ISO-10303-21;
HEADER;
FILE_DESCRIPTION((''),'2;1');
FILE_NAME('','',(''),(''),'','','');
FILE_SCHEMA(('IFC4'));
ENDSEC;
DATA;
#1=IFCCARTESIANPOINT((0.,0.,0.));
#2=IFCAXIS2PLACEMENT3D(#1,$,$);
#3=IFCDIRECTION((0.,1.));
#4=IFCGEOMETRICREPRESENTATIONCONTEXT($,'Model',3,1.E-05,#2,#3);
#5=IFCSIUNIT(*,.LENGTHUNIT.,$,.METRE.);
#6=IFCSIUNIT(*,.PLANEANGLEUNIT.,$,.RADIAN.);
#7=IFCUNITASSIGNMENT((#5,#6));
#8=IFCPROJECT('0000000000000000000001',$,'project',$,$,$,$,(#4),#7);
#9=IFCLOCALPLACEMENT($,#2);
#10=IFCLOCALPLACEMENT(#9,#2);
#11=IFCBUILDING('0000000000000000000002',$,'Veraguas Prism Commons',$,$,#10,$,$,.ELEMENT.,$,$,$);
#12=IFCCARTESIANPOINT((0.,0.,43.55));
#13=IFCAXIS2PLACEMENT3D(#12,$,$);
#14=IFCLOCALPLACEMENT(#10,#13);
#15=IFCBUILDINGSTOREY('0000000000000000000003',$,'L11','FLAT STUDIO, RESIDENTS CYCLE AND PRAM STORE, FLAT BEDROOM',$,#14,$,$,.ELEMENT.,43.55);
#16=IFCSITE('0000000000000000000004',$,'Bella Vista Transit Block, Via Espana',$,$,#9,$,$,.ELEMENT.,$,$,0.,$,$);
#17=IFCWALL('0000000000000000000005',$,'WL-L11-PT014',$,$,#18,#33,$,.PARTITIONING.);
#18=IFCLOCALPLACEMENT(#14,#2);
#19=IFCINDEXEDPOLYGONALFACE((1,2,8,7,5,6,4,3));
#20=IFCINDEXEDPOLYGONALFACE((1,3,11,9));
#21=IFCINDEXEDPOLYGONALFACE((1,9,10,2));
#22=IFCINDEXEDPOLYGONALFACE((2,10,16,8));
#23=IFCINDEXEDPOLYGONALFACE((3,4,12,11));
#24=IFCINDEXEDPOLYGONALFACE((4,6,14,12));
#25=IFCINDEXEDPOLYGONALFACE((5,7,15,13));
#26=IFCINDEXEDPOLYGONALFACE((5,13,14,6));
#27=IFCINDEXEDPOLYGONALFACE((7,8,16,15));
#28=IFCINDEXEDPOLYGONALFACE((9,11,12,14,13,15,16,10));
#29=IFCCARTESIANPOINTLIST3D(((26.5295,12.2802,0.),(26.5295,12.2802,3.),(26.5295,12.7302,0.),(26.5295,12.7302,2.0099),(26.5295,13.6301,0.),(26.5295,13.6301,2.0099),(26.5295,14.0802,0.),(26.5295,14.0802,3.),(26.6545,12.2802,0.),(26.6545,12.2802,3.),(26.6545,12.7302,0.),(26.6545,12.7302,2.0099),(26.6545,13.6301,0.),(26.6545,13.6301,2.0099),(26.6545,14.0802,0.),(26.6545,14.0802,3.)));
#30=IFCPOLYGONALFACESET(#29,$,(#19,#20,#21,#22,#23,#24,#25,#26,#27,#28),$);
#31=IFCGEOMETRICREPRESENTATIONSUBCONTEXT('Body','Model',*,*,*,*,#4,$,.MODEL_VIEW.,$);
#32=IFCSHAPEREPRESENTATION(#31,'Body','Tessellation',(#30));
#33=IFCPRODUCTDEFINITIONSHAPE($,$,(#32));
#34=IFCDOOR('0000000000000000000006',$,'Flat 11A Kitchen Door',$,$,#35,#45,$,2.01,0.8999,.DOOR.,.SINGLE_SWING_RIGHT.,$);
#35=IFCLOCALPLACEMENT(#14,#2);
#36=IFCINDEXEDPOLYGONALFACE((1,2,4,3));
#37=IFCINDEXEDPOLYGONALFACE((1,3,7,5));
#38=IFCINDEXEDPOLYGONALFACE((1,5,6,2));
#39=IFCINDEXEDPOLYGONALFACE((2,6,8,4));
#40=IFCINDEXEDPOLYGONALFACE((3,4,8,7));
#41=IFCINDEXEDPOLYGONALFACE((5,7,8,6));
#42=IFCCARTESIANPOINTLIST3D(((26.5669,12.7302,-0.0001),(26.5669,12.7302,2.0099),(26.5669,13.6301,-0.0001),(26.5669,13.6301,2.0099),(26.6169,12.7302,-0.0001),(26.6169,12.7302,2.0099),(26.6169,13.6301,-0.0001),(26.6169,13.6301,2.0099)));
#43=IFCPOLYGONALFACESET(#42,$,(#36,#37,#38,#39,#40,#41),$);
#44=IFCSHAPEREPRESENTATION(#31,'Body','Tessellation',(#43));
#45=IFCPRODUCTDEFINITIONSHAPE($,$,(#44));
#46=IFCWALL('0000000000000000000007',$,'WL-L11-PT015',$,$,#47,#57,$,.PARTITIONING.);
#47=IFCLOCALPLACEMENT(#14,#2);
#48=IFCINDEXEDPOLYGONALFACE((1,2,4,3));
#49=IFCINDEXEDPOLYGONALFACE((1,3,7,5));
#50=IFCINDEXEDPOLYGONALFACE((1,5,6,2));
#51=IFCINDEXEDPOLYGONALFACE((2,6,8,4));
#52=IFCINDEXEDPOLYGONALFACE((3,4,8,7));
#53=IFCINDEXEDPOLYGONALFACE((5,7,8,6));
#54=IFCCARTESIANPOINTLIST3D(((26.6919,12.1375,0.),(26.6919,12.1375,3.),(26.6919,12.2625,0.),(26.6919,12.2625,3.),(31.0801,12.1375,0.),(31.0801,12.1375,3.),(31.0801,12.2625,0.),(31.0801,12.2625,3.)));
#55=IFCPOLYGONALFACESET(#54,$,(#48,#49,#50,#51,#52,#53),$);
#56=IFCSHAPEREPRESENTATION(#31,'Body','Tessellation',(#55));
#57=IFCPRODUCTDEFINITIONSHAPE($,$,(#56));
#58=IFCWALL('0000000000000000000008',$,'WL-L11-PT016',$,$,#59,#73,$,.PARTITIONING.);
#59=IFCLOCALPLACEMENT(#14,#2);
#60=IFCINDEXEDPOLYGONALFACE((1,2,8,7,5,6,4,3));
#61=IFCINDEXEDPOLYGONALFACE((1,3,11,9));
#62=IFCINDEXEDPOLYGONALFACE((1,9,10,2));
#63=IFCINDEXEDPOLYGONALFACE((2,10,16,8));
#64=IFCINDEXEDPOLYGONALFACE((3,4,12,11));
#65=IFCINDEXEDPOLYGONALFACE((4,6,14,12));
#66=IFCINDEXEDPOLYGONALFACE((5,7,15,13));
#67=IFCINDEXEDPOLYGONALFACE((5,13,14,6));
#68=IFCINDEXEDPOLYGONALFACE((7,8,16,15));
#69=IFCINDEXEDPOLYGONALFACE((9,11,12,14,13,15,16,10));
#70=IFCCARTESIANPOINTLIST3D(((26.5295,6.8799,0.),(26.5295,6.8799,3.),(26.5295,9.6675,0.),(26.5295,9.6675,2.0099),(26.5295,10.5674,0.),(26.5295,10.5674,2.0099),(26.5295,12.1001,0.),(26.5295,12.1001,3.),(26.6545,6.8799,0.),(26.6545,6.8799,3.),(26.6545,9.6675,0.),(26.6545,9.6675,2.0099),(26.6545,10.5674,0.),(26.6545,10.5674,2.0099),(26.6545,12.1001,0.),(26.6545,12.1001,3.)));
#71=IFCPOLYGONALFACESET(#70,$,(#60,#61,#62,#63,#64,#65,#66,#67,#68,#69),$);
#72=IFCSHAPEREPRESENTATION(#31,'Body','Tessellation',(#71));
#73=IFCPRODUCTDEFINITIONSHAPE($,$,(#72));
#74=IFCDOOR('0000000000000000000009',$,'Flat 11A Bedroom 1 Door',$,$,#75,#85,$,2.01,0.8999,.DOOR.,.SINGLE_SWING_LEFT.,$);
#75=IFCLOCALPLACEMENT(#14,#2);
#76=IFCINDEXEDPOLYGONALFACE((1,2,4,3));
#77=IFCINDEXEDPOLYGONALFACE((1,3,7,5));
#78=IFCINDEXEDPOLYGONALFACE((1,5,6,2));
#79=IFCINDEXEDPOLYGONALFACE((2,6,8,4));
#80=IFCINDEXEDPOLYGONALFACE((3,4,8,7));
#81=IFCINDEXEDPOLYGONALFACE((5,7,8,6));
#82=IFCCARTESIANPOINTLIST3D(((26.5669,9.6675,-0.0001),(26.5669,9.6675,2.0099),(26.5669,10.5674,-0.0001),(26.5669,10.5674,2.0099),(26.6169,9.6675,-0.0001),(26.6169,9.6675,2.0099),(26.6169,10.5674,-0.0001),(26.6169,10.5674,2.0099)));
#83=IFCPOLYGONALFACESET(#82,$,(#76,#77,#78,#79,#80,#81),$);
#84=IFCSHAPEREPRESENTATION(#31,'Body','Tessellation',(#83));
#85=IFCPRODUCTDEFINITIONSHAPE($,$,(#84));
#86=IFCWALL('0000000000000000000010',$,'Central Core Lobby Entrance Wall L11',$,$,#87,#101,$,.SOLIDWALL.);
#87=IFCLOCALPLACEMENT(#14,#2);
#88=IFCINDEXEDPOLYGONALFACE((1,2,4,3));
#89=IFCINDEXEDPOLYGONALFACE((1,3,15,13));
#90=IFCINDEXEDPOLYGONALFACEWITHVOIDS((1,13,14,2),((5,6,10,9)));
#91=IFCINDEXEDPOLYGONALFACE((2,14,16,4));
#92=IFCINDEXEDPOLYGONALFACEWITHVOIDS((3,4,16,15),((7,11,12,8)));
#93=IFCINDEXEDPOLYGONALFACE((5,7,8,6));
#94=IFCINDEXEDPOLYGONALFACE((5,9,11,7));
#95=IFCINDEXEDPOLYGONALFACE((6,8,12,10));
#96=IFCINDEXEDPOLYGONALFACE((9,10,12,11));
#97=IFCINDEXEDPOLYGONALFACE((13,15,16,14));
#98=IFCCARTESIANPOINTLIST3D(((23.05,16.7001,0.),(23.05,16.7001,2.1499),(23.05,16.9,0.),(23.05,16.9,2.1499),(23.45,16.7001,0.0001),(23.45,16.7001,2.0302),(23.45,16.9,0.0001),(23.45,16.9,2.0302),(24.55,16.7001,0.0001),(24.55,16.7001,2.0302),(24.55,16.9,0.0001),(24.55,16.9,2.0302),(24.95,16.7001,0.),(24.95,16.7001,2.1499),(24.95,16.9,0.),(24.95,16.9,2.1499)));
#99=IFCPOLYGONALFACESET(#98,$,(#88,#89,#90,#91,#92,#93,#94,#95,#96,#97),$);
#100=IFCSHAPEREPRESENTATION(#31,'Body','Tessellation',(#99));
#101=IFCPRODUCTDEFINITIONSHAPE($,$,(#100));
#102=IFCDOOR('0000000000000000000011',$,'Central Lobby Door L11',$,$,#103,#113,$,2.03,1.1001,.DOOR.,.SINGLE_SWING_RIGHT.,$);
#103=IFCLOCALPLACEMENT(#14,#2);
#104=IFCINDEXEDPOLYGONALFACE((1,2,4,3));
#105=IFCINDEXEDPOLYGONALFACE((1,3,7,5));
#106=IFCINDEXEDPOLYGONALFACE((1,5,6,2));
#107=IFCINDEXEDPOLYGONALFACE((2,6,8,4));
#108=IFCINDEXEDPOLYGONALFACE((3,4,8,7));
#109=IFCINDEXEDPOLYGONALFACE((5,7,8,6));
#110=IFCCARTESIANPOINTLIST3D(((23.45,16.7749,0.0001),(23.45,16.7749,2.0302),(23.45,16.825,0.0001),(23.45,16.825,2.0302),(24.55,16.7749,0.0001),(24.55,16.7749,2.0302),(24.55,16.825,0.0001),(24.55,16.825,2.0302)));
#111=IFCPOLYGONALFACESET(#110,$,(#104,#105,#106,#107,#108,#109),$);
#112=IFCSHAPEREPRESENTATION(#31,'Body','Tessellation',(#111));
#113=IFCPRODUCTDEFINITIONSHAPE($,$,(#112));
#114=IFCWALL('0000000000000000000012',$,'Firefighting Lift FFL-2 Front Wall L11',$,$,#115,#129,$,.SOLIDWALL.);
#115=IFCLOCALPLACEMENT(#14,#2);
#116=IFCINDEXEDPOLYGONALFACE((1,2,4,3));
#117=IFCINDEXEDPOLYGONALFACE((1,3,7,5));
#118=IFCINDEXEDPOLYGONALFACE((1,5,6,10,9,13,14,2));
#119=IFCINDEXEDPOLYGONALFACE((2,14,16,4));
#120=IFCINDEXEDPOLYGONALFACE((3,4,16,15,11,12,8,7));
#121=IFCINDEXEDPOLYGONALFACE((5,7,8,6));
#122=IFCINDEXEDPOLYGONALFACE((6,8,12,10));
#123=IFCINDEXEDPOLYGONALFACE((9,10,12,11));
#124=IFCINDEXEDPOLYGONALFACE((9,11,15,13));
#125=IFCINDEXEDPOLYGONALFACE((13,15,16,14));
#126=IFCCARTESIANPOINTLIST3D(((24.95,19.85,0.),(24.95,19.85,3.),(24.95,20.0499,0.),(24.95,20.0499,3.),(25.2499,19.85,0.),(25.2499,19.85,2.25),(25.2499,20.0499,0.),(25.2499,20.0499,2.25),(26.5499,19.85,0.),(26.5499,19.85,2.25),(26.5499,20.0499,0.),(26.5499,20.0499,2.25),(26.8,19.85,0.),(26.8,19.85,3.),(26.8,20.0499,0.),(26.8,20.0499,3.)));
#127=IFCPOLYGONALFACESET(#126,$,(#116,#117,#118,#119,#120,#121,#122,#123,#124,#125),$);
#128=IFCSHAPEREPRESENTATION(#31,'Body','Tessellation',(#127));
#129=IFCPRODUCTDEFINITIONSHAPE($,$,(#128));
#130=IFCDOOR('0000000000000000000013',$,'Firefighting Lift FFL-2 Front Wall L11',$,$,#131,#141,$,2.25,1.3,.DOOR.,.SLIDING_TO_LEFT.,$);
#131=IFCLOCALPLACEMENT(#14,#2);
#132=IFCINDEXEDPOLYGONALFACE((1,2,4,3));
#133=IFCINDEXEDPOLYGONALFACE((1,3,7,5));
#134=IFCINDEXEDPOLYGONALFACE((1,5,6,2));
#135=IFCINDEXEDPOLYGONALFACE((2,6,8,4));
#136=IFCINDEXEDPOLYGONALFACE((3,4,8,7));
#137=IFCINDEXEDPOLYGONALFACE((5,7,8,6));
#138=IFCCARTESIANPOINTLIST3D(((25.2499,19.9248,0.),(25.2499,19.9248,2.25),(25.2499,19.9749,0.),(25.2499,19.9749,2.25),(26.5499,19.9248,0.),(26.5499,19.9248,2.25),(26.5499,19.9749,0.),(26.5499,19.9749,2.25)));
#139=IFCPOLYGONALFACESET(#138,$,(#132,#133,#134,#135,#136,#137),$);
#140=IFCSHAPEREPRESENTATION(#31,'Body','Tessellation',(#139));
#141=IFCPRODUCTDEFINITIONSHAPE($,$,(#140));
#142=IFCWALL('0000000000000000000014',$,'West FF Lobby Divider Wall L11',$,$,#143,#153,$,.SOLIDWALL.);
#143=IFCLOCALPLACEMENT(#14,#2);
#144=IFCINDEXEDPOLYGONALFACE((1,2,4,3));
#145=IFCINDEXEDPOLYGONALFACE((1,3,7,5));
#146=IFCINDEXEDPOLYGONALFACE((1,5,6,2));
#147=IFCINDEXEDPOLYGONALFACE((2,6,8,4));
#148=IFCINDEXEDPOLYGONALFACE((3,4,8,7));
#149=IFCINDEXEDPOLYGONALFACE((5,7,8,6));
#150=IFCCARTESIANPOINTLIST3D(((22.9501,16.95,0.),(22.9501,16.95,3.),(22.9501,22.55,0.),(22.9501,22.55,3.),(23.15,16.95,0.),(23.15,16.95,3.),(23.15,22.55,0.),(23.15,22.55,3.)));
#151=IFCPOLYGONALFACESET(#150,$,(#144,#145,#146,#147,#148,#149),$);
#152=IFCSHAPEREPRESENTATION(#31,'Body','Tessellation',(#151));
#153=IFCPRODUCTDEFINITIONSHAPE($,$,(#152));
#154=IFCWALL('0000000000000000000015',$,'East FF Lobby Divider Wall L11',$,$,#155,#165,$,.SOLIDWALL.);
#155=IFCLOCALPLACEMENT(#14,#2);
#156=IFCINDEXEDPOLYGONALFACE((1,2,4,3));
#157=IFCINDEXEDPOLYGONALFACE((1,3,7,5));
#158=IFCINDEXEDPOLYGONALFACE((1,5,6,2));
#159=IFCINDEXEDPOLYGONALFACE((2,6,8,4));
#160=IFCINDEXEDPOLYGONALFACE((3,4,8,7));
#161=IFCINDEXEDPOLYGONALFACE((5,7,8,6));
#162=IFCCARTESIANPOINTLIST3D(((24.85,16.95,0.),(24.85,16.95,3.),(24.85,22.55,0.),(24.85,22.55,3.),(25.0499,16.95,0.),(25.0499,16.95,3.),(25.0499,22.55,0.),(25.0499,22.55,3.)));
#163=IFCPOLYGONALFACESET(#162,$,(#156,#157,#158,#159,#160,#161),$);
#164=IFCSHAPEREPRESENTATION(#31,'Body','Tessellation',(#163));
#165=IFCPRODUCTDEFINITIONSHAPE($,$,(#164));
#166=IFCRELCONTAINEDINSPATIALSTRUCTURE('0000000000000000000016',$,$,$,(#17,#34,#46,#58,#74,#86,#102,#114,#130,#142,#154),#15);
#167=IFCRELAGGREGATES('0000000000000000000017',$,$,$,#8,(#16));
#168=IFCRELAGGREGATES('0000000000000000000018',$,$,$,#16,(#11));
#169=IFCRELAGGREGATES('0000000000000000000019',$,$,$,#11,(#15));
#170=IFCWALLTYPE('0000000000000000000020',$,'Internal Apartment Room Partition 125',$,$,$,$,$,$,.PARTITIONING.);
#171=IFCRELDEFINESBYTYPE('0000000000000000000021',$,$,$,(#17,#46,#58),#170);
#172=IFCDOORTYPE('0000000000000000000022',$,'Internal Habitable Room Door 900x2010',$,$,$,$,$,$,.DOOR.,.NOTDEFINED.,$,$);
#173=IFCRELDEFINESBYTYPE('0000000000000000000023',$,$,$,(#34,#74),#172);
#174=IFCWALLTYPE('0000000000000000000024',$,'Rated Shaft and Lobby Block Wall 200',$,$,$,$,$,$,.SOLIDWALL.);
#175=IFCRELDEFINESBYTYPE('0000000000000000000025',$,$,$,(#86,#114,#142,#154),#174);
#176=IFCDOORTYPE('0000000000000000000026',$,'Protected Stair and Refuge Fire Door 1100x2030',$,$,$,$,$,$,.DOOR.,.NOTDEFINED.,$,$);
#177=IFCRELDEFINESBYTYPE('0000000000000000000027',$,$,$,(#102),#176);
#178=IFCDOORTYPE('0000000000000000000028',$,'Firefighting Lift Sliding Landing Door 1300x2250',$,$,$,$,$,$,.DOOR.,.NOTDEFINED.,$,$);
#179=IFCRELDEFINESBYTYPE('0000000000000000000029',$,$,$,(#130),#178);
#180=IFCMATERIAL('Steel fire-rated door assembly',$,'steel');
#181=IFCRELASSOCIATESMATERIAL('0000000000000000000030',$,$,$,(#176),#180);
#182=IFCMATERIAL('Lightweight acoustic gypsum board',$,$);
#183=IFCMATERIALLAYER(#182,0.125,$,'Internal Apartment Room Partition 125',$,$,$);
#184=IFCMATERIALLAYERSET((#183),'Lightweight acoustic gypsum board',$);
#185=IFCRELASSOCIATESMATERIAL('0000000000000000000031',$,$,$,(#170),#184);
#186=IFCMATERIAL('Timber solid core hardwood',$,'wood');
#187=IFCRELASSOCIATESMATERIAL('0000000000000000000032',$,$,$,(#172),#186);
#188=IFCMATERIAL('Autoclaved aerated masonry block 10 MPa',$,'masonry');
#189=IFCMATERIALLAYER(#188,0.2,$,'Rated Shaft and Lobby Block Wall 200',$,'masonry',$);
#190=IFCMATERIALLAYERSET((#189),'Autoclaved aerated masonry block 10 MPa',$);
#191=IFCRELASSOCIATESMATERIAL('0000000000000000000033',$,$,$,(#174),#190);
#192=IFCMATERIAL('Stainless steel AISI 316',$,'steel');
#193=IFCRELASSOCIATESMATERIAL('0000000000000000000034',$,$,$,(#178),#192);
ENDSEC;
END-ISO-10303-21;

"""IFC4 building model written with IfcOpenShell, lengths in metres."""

from ifc_helpers import new_model, si_unit, direction, frame, frame_2d, origin, place, context, subcontext, project, spatial, rectangle, extrude, source, transform, mapped, material, layer, layer_set, type_object, element, fill, save


model = new_model("IFC4")

# Units and contexts
model_context = context("Model", 3, precision=1e-05, world=origin(), true_north=direction((0.0, 1.0)))
body_context = subcontext(model_context, "Body", "Model", "MODEL_VIEW")
ifc_project = project(units=[si_unit("LENGTHUNIT", "METRE"), si_unit("PLANEANGLEUNIT", "RADIAN")], contexts=[model_context])

# Site, building, storey
site_placement = place(None, origin())
site = spatial("IfcSite", under=ifc_project, at=site_placement, Name="Bella Vista Transit Block, Via Espana", CompositionType="ELEMENT", RefElevation=0.0)
building_placement = place(site_placement, origin())
building = spatial("IfcBuilding", under=site, at=building_placement, Name="Veraguas Prism Commons", CompositionType="ELEMENT")
storey_placement = place(building_placement, frame((0.0, 0.0, 43.55)))
storey = spatial("IfcBuildingStorey", under=building, at=storey_placement, Name="L11", Description="FLAT STUDIO, RESIDENTS CYCLE AND PRAM STORE, FLAT BEDROOM", CompositionType="ELEMENT", Elevation=43.55)

# Shared definitions
ifc_material_1 = material(Name="Steel fire-rated door assembly", Category="steel")
door_type_1 = type_object("IfcDoorType", Name="Protected Stair and Refuge Fire Door 1100x2030", OperationType="NOTDEFINED", PredefinedType="DOOR", material=ifc_material_1)
shared_shape_1 = source(origin(), body_context, "Body", "SweptSolid", [
    extrude(rectangle(XDim=1.1001, YDim=2.03, at=frame_2d((0.55, 1.0151))), frame((0.0, 0.0249, 0.0), z_axis=(0.0, -1.0, 0.0), x_axis=(1.0, 0.0, 0.0)), (0.0, 0.0, 1.0), 0.05),
])

# Shared definitions
ifc_material_2 = material(Name="Autoclaved aerated masonry block 10 MPa", Category="masonry")

# Wall, opening, door
ifc_material_3 = material(Name="Lightweight acoustic gypsum board")
ifc_layer_1 = layer(ifc_material_3, 0.125, Name="Internal Apartment Room Partition 125")
ifc_layer_set_1 = layer_set([ifc_layer_1], Name="Lightweight acoustic gypsum board")
wall_type_1 = type_object("IfcWallType", Name="Internal Apartment Room Partition 125", PredefinedType="PARTITIONING", material=ifc_layer_set_1)
wall_1_placement = place(storey_placement, frame((26.592, 14.0801, 0.0), z_axis=(0.0, 0.0, 1.0), x_axis=(0.0, -1.0, 0.0)))
wall_1 = element("IfcWall", 1, at=wall_1_placement, inside=storey, type_object=wall_type_1, Name="WL-L11-PT014", PredefinedType="PARTITIONING", context=body_context, shape_type="SweptSolid", body=[
    extrude(rectangle(XDim=1.8, YDim=0.125, at=frame_2d((0.8999, 0.0))), origin(), (0.0, 0.0, 1.0), 3.0),
])
opening_1_placement = place(wall_1_placement, frame((0.45, 0.0, 0.0)))
opening_1 = element("IfcOpeningElement", 2, at=opening_1_placement, cuts=wall_1, PredefinedType="OPENING", context=body_context, shape_type="SweptSolid", body=[
    extrude(rectangle(XDim=0.8999, YDim=2.01, at=frame_2d((0.45, 1.0049))), frame((0.0, 0.0725, 0.0), z_axis=(0.0, -1.0, 0.0), x_axis=(1.0, 0.0, 0.0)), (0.0, 0.0, 1.0), 0.145),
])
ifc_material_4 = material(Name="Timber solid core hardwood", Category="wood")
door_type_2 = type_object("IfcDoorType", Name="Internal Habitable Room Door 900x2010", OperationType="NOTDEFINED", PredefinedType="DOOR", material=ifc_material_4)
shared_shape_2 = source(origin(), body_context, "Body", "SweptSolid", [
    extrude(rectangle(XDim=0.8999, YDim=2.01, at=frame_2d((0.45, 1.0049))), frame((0.0, 0.0249, 0.0), z_axis=(0.0, -1.0, 0.0), x_axis=(1.0, 0.0, 0.0)), (0.0, 0.0, 1.0), 0.05),
])
door_1_placement = place(opening_1_placement, origin())
door_1 = element("IfcDoor", 3, at=door_1_placement, inside=storey, type_object=door_type_2, Name="Flat 11A Kitchen Door", OperationType="SINGLE_SWING_RIGHT", OverallHeight=2.01, OverallWidth=0.8999, PredefinedType="DOOR", context=body_context, shape_type="MappedRepresentation", body=[
    mapped(shared_shape_2, transform((0.0, 0.0, 0.0), scale=1.0)),
])
fill(opening_1, door_1)

# Wall
wall_2_placement = place(storey_placement, frame((26.6919, 12.2, 0.0), z_axis=(0.0, 0.0, 1.0), x_axis=(1.0, 0.0, 0.0)))
element("IfcWall", 4, at=wall_2_placement, inside=storey, type_object=wall_type_1, Name="WL-L11-PT015", PredefinedType="PARTITIONING", context=body_context, shape_type="SweptSolid", body=[
    extrude(rectangle(XDim=4.3882, YDim=0.125, at=frame_2d((2.1941, 0.0))), origin(), (0.0, 0.0, 1.0), 3.0),
])

# Walls, openings, doors
wall_3_placement = place(storey_placement, frame((26.592, 12.1001, 0.0), z_axis=(0.0, 0.0, 1.0), x_axis=(0.0, -1.0, 0.0)))
wall_3 = element("IfcWall", 5, at=wall_3_placement, inside=storey, type_object=wall_type_1, Name="WL-L11-PT016", PredefinedType="PARTITIONING", context=body_context, shape_type="SweptSolid", body=[
    extrude(rectangle(XDim=5.2202, YDim=0.125, at=frame_2d((2.6101, 0.0))), origin(), (0.0, 0.0, 1.0), 3.0),
])
opening_2_placement = place(wall_3_placement, frame((1.5327, 0.0, 0.0)))
opening_2 = element("IfcOpeningElement", 6, at=opening_2_placement, cuts=wall_3, PredefinedType="OPENING", context=body_context, shape_type="SweptSolid", body=[
    extrude(rectangle(XDim=0.8999, YDim=2.01, at=frame_2d((0.45, 1.0049))), frame((0.0, 0.0725, 0.0), z_axis=(0.0, -1.0, 0.0), x_axis=(1.0, 0.0, 0.0)), (0.0, 0.0, 1.0), 0.145),
])
door_2_placement = place(opening_2_placement, origin())
door_2 = element("IfcDoor", 7, at=door_2_placement, inside=storey, type_object=door_type_2, Name="Flat 11A Bedroom 1 Door", OperationType="SINGLE_SWING_LEFT", OverallHeight=2.01, OverallWidth=0.8999, PredefinedType="DOOR", context=body_context, shape_type="MappedRepresentation", body=[
    mapped(shared_shape_2, transform((0.0, 0.0, 0.0), scale=1.0)),
])
fill(opening_2, door_2)
ifc_layer_2 = layer(ifc_material_2, 0.2, Name="Rated Shaft and Lobby Block Wall 200", Category="masonry")
ifc_layer_set_2 = layer_set([ifc_layer_2], Name="Autoclaved aerated masonry block 10 MPa")
wall_type_2 = type_object("IfcWallType", Name="Rated Shaft and Lobby Block Wall 200", PredefinedType="SOLIDWALL", material=ifc_layer_set_2)
wall_4_placement = place(storey_placement, frame((23.05, 16.8, 0.0), z_axis=(0.0, 0.0, 1.0), x_axis=(1.0, 0.0, 0.0)))
wall_4 = element("IfcWall", 8, at=wall_4_placement, inside=storey, type_object=wall_type_2, Name="Central Core Lobby Entrance Wall L11", PredefinedType="SOLIDWALL", context=body_context, shape_type="SweptSolid", body=[
    extrude(rectangle(XDim=1.8999, YDim=0.2, at=frame_2d((0.95, 0.0))), origin(), (0.0, 0.0, 1.0), 2.1499),
])
opening_3_placement = place(wall_4_placement, frame((0.3999, 0.0, 0.0)))
opening_3 = element("IfcOpeningElement", 9, at=opening_3_placement, cuts=wall_4, PredefinedType="OPENING", context=body_context, shape_type="SweptSolid", body=[
    extrude(rectangle(XDim=1.1001, YDim=2.03, at=frame_2d((0.55, 1.0151))), frame((0.0, 0.1099, 0.0), z_axis=(0.0, -1.0, 0.0), x_axis=(1.0, 0.0, 0.0)), (0.0, 0.0, 1.0), 0.22),
])
door_3_placement = place(opening_3_placement, origin())
door_3 = element("IfcDoor", 10, at=door_3_placement, inside=storey, type_object=door_type_1, Name="Central Lobby Door L11", OperationType="SINGLE_SWING_RIGHT", OverallHeight=2.03, OverallWidth=1.1001, PredefinedType="DOOR", context=body_context, shape_type="MappedRepresentation", body=[
    mapped(shared_shape_1, transform((0.0, 0.0, 0.0), scale=1.0)),
])
fill(opening_3, door_3)
wall_5_placement = place(storey_placement, frame((24.95, 19.95, 0.0), z_axis=(0.0, 0.0, 1.0), x_axis=(1.0, 0.0, 0.0)))
wall_5 = element("IfcWall", 11, at=wall_5_placement, inside=storey, type_object=wall_type_2, Name="Firefighting Lift FFL-2 Front Wall L11", PredefinedType="SOLIDWALL", context=body_context, shape_type="SweptSolid", body=[
    extrude(rectangle(XDim=1.8501, YDim=0.2, at=frame_2d((0.925, 0.0))), origin(), (0.0, 0.0, 1.0), 3.0),
])
opening_4_placement = place(wall_5_placement, frame((0.3, 0.0, 0.0)))
opening_4 = element("IfcOpeningElement", 12, at=opening_4_placement, cuts=wall_5, PredefinedType="OPENING", context=body_context, shape_type="SweptSolid", body=[
    extrude(rectangle(XDim=1.3, YDim=2.25, at=frame_2d((0.6499, 1.125))), frame((0.0, 0.1099, 0.0), z_axis=(0.0, -1.0, 0.0), x_axis=(1.0, 0.0, 0.0)), (0.0, 0.0, 1.0), 0.22),
])
ifc_material_5 = material(Name="Stainless steel AISI 316", Category="steel")
door_type_3 = type_object("IfcDoorType", Name="Firefighting Lift Sliding Landing Door 1300x2250", OperationType="NOTDEFINED", PredefinedType="DOOR", material=ifc_material_5)
shared_shape_3 = source(origin(), body_context, "Body", "SweptSolid", [
    extrude(rectangle(XDim=1.3, YDim=2.25, at=frame_2d((0.6499, 1.125))), frame((0.0, 0.0249, 0.0), z_axis=(0.0, -1.0, 0.0), x_axis=(1.0, 0.0, 0.0)), (0.0, 0.0, 1.0), 0.05),
])
door_4_placement = place(opening_4_placement, origin())
door_4 = element("IfcDoor", 13, at=door_4_placement, inside=storey, type_object=door_type_3, Name="Firefighting Lift FFL-2 Front Wall L11", OperationType="SLIDING_TO_LEFT", OverallHeight=2.25, OverallWidth=1.3, PredefinedType="DOOR", context=body_context, shape_type="MappedRepresentation", body=[
    mapped(shared_shape_3, transform((0.0, 0.0, 0.0), scale=1.0)),
])
fill(opening_4, door_4)

# Walls
for number, where, z_axis, x_axis, name in (
    (14, (23.05, 16.95, 0.0), (0.0, 0.0, 1.0), (0.0, 1.0, 0.0), "West FF Lobby Divider Wall L11"),
    (15, (24.95, 16.95, 0.0), (0.0, 0.0, 1.0), (0.0, 1.0, 0.0), "East FF Lobby Divider Wall L11"),
):
    element("IfcWall", number, at=place(storey_placement, frame(where, z_axis=z_axis, x_axis=x_axis)), inside=storey, type_object=wall_type_2, Name=name, PredefinedType="SOLIDWALL", context=body_context, shape_type="SweptSolid", body=[
        extrude(rectangle(XDim=5.6001, YDim=0.2, at=frame_2d((2.8, 0.0))), origin(), (0.0, 0.0, 1.0), 3.0),
    ])

save(model, "model.ifc")
